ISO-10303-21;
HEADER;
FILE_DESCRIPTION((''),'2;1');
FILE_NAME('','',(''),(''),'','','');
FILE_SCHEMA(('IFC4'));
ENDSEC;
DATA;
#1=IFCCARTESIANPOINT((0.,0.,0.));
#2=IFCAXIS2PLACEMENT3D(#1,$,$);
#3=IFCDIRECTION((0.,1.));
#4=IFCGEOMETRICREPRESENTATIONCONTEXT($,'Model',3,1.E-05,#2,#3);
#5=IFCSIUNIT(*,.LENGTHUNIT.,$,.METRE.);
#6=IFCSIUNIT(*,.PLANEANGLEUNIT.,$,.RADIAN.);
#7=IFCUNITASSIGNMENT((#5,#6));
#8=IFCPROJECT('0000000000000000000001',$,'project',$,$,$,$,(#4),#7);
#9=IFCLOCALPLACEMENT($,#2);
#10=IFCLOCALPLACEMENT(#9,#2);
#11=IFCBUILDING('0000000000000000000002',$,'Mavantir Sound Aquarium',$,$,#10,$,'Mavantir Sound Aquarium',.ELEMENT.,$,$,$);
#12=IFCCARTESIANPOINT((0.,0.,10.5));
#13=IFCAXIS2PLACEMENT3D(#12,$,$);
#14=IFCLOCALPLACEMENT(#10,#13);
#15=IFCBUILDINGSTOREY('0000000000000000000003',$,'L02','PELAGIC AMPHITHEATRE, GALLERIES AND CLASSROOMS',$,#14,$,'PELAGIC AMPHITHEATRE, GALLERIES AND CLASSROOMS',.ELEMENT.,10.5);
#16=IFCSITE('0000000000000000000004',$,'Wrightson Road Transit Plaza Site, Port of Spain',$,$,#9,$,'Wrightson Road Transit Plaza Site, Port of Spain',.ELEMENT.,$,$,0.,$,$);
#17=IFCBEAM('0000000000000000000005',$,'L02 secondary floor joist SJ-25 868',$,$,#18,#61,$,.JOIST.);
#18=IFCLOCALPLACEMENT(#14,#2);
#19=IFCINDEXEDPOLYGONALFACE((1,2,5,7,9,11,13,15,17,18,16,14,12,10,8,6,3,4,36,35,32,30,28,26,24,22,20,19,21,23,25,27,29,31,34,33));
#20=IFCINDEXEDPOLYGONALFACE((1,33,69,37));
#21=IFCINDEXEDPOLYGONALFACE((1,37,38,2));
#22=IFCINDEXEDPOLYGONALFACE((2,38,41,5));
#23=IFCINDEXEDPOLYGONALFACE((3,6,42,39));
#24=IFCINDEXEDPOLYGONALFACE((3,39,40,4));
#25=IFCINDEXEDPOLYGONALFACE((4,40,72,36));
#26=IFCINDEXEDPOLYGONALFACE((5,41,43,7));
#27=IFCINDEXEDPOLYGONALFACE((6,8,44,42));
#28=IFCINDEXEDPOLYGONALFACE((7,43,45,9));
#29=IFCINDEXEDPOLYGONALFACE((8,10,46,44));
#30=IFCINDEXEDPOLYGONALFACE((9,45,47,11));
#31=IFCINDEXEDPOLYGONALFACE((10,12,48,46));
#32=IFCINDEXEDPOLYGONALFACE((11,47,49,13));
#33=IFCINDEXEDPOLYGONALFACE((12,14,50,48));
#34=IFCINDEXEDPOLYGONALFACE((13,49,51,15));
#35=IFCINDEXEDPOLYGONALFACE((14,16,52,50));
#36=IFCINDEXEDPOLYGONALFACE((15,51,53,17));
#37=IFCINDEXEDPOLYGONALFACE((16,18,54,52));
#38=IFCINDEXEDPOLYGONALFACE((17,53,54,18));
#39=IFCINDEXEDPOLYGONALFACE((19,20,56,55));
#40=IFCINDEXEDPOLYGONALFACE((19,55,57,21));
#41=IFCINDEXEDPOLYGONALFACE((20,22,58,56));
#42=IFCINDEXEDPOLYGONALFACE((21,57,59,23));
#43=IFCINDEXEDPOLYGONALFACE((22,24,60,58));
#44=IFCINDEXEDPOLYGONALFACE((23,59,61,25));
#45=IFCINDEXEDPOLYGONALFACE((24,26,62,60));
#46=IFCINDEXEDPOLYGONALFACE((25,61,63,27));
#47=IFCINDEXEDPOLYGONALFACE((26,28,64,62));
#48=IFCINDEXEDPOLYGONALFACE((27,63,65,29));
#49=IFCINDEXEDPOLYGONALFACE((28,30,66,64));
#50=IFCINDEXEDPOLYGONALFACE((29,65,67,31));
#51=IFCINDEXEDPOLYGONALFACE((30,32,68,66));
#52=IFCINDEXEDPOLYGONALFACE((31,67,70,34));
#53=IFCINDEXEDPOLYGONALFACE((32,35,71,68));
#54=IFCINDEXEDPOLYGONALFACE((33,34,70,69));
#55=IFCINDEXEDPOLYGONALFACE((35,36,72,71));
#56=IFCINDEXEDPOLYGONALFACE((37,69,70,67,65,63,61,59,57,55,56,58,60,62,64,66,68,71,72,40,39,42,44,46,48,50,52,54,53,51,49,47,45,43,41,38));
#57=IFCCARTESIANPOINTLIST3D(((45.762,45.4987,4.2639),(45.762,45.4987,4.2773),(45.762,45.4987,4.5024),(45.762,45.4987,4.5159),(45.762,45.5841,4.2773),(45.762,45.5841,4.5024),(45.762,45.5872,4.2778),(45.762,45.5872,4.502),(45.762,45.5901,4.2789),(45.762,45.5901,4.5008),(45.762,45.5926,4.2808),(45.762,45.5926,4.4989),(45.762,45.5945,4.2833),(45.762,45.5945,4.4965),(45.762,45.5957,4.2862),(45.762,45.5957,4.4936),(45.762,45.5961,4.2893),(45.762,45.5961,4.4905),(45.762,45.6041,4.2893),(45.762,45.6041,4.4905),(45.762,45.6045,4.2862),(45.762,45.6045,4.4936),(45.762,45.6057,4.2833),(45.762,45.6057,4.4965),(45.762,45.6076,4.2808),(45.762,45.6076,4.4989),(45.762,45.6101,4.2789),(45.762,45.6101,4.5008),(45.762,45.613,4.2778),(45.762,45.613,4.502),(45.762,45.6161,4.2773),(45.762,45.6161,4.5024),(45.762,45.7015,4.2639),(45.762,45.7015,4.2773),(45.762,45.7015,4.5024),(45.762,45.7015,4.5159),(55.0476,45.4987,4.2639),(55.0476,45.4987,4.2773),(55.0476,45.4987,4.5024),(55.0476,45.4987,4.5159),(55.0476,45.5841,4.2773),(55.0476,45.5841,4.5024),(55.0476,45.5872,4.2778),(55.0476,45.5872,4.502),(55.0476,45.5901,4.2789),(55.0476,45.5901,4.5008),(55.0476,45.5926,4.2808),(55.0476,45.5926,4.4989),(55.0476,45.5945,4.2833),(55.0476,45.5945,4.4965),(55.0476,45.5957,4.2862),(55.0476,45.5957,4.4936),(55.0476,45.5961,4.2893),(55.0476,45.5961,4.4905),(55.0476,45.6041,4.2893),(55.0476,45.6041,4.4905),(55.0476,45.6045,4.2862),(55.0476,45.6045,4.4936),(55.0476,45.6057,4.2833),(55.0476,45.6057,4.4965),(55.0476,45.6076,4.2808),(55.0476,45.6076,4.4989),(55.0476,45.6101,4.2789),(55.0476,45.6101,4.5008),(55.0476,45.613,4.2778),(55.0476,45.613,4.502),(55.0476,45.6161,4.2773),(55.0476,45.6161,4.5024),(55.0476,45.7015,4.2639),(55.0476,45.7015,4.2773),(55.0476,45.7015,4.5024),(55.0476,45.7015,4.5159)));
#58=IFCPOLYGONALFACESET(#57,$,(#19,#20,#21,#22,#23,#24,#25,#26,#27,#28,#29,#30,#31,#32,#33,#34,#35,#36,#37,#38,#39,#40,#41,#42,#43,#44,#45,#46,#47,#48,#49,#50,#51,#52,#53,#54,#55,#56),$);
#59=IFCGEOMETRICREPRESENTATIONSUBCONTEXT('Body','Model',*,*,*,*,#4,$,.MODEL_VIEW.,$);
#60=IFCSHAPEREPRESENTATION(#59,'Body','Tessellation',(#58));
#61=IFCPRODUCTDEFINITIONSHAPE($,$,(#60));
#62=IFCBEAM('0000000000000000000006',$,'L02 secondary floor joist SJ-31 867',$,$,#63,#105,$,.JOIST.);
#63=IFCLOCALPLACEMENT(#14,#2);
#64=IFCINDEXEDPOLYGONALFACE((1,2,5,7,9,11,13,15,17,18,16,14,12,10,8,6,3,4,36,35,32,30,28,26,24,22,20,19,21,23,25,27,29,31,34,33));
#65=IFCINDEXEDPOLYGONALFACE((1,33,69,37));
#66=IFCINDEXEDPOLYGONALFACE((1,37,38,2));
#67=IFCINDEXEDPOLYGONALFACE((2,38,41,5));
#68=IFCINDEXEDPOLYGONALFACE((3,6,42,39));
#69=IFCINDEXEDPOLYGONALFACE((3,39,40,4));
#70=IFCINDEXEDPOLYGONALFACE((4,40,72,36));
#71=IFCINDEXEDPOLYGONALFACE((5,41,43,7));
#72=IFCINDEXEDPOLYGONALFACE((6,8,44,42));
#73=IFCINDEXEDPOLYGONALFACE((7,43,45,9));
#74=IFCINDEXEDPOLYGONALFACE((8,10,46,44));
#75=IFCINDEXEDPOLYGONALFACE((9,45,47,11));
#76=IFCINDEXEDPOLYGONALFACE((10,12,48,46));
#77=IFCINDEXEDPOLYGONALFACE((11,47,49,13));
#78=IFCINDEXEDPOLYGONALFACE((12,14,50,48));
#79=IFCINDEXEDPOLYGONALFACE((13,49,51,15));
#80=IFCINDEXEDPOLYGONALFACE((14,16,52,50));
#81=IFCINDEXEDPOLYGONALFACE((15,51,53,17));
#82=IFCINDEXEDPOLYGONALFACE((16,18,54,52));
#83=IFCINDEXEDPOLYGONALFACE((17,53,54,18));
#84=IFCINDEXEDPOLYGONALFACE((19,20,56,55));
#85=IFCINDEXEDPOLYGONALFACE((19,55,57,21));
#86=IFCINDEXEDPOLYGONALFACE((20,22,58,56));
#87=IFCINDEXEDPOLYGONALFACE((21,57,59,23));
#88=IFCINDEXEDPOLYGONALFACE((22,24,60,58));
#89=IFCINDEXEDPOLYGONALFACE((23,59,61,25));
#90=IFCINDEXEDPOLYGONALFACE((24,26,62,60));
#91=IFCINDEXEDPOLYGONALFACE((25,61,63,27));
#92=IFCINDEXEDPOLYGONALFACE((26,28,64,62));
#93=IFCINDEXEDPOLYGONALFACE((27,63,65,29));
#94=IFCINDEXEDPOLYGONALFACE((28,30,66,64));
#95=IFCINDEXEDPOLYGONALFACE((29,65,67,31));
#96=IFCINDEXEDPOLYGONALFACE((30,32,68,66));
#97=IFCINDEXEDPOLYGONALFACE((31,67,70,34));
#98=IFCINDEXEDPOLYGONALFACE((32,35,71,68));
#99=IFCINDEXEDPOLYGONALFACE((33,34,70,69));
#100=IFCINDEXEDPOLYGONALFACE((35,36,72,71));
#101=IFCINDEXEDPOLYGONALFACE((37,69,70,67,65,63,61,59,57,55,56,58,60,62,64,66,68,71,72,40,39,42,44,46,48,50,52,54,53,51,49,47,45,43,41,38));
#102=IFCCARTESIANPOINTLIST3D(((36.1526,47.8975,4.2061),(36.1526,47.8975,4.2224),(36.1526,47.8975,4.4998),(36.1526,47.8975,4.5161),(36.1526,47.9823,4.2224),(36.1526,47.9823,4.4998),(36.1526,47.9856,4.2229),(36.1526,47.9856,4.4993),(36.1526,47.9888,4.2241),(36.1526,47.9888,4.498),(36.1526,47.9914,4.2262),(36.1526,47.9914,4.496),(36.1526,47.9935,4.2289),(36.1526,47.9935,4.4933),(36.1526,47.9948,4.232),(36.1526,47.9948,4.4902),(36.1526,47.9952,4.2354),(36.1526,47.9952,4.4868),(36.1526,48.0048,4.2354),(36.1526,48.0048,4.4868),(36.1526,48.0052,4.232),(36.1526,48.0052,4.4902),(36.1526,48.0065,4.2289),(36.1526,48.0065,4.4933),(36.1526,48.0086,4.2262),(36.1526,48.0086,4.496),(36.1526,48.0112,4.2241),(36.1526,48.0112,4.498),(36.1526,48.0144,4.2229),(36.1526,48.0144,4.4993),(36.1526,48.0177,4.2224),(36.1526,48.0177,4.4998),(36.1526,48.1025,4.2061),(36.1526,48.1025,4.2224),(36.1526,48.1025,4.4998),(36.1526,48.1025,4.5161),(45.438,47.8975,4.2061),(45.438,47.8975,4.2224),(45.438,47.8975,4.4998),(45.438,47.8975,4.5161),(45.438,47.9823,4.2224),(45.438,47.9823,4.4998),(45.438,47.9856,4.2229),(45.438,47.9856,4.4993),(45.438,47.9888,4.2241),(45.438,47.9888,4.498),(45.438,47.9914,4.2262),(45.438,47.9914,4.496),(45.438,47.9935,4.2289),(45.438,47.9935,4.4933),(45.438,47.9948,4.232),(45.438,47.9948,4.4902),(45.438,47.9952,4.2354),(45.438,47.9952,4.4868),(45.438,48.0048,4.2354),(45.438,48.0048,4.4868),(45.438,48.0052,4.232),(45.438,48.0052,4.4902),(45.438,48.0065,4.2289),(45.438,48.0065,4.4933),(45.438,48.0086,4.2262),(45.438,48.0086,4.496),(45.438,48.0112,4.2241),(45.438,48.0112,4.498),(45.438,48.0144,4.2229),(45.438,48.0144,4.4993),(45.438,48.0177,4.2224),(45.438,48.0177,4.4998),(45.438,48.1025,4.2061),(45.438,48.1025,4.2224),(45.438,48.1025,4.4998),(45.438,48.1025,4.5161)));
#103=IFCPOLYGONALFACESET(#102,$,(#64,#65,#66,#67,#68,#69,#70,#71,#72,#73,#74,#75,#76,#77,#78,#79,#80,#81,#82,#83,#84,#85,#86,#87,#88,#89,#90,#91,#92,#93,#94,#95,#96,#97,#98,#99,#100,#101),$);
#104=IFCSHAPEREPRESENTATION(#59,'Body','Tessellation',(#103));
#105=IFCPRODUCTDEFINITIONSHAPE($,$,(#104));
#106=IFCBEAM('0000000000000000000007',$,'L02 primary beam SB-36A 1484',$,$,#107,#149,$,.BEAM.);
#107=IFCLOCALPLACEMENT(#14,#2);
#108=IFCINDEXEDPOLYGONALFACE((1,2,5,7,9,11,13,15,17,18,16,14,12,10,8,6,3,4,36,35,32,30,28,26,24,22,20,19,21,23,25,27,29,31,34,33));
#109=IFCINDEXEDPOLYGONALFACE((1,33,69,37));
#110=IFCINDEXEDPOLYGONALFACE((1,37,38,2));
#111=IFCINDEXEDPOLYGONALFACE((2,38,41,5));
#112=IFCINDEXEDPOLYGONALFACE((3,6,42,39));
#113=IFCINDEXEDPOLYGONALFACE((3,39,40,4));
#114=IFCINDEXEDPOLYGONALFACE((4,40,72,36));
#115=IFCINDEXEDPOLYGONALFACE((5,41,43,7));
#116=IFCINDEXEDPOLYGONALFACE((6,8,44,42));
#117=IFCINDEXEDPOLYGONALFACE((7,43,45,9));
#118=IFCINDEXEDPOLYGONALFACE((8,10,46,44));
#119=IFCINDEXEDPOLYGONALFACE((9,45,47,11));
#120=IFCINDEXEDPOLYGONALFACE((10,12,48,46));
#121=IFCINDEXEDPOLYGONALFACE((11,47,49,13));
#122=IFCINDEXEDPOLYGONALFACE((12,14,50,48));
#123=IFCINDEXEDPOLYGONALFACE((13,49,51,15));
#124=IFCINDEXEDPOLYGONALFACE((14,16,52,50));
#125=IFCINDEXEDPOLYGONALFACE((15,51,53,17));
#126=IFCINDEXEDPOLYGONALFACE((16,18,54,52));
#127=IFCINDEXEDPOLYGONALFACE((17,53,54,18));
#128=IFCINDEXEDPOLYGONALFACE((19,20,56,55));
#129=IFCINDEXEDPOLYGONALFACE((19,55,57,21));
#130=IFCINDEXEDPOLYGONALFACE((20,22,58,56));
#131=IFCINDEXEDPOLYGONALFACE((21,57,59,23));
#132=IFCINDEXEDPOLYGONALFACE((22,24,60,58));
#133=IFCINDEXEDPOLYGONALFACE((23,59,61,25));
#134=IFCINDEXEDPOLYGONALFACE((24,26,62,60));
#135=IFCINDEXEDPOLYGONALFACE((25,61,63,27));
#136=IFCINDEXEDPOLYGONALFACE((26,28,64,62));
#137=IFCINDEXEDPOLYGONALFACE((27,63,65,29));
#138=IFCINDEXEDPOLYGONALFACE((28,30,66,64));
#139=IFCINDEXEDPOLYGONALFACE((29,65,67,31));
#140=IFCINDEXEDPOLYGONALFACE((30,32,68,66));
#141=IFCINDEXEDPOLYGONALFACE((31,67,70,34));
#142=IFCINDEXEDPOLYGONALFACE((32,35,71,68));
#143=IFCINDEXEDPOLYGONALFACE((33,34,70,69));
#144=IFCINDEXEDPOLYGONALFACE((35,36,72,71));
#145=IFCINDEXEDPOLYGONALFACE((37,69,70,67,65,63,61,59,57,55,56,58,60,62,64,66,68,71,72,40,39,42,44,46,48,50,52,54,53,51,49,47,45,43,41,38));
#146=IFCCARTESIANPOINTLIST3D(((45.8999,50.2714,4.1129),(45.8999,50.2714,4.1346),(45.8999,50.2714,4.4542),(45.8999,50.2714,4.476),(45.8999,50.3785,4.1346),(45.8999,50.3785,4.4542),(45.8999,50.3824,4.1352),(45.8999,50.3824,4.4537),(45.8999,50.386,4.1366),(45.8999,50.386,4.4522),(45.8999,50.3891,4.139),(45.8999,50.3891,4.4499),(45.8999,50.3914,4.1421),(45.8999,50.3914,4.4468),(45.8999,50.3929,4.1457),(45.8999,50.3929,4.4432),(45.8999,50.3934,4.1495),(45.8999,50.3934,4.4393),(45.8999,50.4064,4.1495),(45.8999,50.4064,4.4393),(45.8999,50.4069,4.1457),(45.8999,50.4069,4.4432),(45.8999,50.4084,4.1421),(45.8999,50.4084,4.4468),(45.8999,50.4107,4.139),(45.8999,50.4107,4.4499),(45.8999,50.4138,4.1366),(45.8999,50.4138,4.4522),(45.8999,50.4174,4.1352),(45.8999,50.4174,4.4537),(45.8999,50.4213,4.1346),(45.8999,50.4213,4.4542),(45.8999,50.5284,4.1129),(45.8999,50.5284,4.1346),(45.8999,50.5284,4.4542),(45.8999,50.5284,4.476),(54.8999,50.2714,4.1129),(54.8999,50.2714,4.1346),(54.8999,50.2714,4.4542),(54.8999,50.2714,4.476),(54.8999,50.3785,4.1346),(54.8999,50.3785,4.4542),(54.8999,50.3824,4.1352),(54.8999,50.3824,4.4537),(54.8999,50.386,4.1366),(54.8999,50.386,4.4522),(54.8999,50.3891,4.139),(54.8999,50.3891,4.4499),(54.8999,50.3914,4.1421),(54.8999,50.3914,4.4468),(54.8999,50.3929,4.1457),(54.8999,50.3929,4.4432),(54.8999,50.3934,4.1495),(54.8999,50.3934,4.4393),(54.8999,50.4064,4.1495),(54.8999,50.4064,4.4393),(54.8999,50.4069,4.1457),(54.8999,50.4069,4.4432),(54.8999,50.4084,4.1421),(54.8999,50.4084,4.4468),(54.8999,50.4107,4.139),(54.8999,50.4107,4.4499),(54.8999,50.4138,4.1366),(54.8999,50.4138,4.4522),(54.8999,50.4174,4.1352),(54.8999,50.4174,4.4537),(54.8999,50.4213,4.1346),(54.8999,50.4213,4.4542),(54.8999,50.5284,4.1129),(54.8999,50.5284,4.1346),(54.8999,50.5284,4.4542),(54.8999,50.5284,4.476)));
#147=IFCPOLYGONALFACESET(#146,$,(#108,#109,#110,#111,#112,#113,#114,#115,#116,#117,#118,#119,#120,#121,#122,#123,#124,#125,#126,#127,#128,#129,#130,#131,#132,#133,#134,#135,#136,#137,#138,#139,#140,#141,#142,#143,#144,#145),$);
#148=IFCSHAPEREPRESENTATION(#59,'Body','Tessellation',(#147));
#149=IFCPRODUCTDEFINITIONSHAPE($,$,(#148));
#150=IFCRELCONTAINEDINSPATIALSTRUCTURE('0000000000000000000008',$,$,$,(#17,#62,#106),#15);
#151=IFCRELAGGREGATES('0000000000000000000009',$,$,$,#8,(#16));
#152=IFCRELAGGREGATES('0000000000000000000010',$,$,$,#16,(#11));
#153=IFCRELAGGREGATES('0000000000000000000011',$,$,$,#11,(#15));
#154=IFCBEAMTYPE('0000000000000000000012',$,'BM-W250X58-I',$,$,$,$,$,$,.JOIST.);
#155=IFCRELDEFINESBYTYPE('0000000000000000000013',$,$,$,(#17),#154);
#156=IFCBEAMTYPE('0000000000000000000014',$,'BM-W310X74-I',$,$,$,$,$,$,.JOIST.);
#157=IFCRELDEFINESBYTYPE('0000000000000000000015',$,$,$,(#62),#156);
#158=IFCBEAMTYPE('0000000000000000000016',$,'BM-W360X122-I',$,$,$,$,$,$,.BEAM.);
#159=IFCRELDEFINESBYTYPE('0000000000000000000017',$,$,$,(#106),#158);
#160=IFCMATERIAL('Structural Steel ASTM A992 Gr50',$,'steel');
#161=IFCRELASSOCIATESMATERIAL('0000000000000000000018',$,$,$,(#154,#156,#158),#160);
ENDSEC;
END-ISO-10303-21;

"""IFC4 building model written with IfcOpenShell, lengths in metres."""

from ifc_helpers import new_model, si_unit, direction, frame, origin, origin_2d, place, context, subcontext, project, spatial, i_section, extrude, material, material_profile, profile_set, type_object, element, save


model = new_model("IFC4")

# Units and contexts
model_context = context("Model", 3, precision=1e-05, world=origin(), true_north=direction((0.0, 1.0)))
body_context = subcontext(model_context, "Body", "Model", "MODEL_VIEW")
ifc_project = project(units=[si_unit("LENGTHUNIT", "METRE"), si_unit("PLANEANGLEUNIT", "RADIAN")], contexts=[model_context])

# Site, building, storey
site_placement = place(None, origin())
site = spatial("IfcSite", under=ifc_project, at=site_placement, Name="Wrightson Road Transit Plaza Site, Port of Spain", LongName="Wrightson Road Transit Plaza Site, Port of Spain", CompositionType="ELEMENT", RefElevation=0.0)
building_placement = place(site_placement, origin())
building = spatial("IfcBuilding", under=site, at=building_placement, Name="Mavantir Sound Aquarium", LongName="Mavantir Sound Aquarium", CompositionType="ELEMENT")
storey_placement = place(building_placement, frame((0.0, 0.0, 10.5)))
storey = spatial("IfcBuildingStorey", under=building, at=storey_placement, Name="L02", Description="PELAGIC AMPHITHEATRE, GALLERIES AND CLASSROOMS", LongName="PELAGIC AMPHITHEATRE, GALLERIES AND CLASSROOMS", CompositionType="ELEMENT", Elevation=10.5)

# Beams
ifc_material_1 = material(Name="Structural Steel ASTM A992 Gr50", Category="steel")
ifc_material_profile_1 = material_profile(ifc_material_1, i_section(OverallWidth=0.2029, OverallDepth=0.252, WebThickness=0.0081, FlangeThickness=0.0134, FilletRadius=0.012, at=origin_2d()), Name="W250X58")
ifc_profile_set_1 = profile_set([ifc_material_profile_1], Name="Structural Steel ASTM A992 Gr50")
beam_type_1 = type_object("IfcBeamType", Name="BM-W250X58-I", PredefinedType="JOIST", material=ifc_profile_set_1)
beam_1_placement = place(storey_placement, frame((45.762, 45.6001, 4.3899), z_axis=(1.0, 0.0, 0.0), x_axis=(0.0, 1.0, 0.0)))
element("IfcBeam", 1, at=beam_1_placement, inside=storey, type_object=beam_type_1, Name="L02 secondary floor joist SJ-25 868", PredefinedType="JOIST", context=body_context, shape_type="SweptSolid", body=[
    extrude(i_section(OverallWidth=0.2029, OverallDepth=0.252, WebThickness=0.0081, FlangeThickness=0.0134, FilletRadius=0.012, at=origin_2d()), origin(), (0.0, 0.0, 1.0), 9.2856),
])
ifc_material_profile_2 = material_profile(ifc_material_1, i_section(OverallWidth=0.2051, OverallDepth=0.3101, WebThickness=0.0095, FlangeThickness=0.0164, FilletRadius=0.0129, at=origin_2d()), Name="W310X74")
ifc_profile_set_2 = profile_set([ifc_material_profile_2], Name="Structural Steel ASTM A992 Gr50")
beam_type_2 = type_object("IfcBeamType", Name="BM-W310X74-I", PredefinedType="JOIST", material=ifc_profile_set_2)
beam_2_placement = place(storey_placement, frame((36.1526, 48.0, 4.3611), z_axis=(1.0, 0.0, 0.0), x_axis=(0.0, 1.0, 0.0)))
element("IfcBeam", 2, at=beam_2_placement, inside=storey, type_object=beam_type_2, Name="L02 secondary floor joist SJ-31 867", PredefinedType="JOIST", context=body_context, shape_type="SweptSolid", body=[
    extrude(i_section(OverallWidth=0.2051, OverallDepth=0.3101, WebThickness=0.0095, FlangeThickness=0.0164, FilletRadius=0.0129, at=origin_2d()), origin(), (0.0, 0.0, 1.0), 9.2854),
])
ifc_material_profile_3 = material_profile(ifc_material_1, i_section(OverallWidth=0.2571, OverallDepth=0.363, WebThickness=0.0129, FlangeThickness=0.0217, FilletRadius=0.0149, at=origin_2d()), Name="W360X122")
ifc_profile_set_3 = profile_set([ifc_material_profile_3], Name="Structural Steel ASTM A992 Gr50")
beam_type_3 = type_object("IfcBeamType", Name="BM-W360X122-I", PredefinedType="BEAM", material=ifc_profile_set_3)
beam_3_placement = place(storey_placement, frame((45.8999, 50.3999, 4.2944), z_axis=(1.0, 0.0, 0.0), x_axis=(0.0, 1.0, 0.0)))
element("IfcBeam", 3, at=beam_3_placement, inside=storey, type_object=beam_type_3, Name="L02 primary beam SB-36A 1484", PredefinedType="BEAM", context=body_context, shape_type="SweptSolid", body=[
    extrude(i_section(OverallWidth=0.2571, OverallDepth=0.363, WebThickness=0.0129, FlangeThickness=0.0217, FilletRadius=0.0149, at=origin_2d()), origin(), (0.0, 0.0, 1.0), 9.0),
])

save(model, "model.ifc")
